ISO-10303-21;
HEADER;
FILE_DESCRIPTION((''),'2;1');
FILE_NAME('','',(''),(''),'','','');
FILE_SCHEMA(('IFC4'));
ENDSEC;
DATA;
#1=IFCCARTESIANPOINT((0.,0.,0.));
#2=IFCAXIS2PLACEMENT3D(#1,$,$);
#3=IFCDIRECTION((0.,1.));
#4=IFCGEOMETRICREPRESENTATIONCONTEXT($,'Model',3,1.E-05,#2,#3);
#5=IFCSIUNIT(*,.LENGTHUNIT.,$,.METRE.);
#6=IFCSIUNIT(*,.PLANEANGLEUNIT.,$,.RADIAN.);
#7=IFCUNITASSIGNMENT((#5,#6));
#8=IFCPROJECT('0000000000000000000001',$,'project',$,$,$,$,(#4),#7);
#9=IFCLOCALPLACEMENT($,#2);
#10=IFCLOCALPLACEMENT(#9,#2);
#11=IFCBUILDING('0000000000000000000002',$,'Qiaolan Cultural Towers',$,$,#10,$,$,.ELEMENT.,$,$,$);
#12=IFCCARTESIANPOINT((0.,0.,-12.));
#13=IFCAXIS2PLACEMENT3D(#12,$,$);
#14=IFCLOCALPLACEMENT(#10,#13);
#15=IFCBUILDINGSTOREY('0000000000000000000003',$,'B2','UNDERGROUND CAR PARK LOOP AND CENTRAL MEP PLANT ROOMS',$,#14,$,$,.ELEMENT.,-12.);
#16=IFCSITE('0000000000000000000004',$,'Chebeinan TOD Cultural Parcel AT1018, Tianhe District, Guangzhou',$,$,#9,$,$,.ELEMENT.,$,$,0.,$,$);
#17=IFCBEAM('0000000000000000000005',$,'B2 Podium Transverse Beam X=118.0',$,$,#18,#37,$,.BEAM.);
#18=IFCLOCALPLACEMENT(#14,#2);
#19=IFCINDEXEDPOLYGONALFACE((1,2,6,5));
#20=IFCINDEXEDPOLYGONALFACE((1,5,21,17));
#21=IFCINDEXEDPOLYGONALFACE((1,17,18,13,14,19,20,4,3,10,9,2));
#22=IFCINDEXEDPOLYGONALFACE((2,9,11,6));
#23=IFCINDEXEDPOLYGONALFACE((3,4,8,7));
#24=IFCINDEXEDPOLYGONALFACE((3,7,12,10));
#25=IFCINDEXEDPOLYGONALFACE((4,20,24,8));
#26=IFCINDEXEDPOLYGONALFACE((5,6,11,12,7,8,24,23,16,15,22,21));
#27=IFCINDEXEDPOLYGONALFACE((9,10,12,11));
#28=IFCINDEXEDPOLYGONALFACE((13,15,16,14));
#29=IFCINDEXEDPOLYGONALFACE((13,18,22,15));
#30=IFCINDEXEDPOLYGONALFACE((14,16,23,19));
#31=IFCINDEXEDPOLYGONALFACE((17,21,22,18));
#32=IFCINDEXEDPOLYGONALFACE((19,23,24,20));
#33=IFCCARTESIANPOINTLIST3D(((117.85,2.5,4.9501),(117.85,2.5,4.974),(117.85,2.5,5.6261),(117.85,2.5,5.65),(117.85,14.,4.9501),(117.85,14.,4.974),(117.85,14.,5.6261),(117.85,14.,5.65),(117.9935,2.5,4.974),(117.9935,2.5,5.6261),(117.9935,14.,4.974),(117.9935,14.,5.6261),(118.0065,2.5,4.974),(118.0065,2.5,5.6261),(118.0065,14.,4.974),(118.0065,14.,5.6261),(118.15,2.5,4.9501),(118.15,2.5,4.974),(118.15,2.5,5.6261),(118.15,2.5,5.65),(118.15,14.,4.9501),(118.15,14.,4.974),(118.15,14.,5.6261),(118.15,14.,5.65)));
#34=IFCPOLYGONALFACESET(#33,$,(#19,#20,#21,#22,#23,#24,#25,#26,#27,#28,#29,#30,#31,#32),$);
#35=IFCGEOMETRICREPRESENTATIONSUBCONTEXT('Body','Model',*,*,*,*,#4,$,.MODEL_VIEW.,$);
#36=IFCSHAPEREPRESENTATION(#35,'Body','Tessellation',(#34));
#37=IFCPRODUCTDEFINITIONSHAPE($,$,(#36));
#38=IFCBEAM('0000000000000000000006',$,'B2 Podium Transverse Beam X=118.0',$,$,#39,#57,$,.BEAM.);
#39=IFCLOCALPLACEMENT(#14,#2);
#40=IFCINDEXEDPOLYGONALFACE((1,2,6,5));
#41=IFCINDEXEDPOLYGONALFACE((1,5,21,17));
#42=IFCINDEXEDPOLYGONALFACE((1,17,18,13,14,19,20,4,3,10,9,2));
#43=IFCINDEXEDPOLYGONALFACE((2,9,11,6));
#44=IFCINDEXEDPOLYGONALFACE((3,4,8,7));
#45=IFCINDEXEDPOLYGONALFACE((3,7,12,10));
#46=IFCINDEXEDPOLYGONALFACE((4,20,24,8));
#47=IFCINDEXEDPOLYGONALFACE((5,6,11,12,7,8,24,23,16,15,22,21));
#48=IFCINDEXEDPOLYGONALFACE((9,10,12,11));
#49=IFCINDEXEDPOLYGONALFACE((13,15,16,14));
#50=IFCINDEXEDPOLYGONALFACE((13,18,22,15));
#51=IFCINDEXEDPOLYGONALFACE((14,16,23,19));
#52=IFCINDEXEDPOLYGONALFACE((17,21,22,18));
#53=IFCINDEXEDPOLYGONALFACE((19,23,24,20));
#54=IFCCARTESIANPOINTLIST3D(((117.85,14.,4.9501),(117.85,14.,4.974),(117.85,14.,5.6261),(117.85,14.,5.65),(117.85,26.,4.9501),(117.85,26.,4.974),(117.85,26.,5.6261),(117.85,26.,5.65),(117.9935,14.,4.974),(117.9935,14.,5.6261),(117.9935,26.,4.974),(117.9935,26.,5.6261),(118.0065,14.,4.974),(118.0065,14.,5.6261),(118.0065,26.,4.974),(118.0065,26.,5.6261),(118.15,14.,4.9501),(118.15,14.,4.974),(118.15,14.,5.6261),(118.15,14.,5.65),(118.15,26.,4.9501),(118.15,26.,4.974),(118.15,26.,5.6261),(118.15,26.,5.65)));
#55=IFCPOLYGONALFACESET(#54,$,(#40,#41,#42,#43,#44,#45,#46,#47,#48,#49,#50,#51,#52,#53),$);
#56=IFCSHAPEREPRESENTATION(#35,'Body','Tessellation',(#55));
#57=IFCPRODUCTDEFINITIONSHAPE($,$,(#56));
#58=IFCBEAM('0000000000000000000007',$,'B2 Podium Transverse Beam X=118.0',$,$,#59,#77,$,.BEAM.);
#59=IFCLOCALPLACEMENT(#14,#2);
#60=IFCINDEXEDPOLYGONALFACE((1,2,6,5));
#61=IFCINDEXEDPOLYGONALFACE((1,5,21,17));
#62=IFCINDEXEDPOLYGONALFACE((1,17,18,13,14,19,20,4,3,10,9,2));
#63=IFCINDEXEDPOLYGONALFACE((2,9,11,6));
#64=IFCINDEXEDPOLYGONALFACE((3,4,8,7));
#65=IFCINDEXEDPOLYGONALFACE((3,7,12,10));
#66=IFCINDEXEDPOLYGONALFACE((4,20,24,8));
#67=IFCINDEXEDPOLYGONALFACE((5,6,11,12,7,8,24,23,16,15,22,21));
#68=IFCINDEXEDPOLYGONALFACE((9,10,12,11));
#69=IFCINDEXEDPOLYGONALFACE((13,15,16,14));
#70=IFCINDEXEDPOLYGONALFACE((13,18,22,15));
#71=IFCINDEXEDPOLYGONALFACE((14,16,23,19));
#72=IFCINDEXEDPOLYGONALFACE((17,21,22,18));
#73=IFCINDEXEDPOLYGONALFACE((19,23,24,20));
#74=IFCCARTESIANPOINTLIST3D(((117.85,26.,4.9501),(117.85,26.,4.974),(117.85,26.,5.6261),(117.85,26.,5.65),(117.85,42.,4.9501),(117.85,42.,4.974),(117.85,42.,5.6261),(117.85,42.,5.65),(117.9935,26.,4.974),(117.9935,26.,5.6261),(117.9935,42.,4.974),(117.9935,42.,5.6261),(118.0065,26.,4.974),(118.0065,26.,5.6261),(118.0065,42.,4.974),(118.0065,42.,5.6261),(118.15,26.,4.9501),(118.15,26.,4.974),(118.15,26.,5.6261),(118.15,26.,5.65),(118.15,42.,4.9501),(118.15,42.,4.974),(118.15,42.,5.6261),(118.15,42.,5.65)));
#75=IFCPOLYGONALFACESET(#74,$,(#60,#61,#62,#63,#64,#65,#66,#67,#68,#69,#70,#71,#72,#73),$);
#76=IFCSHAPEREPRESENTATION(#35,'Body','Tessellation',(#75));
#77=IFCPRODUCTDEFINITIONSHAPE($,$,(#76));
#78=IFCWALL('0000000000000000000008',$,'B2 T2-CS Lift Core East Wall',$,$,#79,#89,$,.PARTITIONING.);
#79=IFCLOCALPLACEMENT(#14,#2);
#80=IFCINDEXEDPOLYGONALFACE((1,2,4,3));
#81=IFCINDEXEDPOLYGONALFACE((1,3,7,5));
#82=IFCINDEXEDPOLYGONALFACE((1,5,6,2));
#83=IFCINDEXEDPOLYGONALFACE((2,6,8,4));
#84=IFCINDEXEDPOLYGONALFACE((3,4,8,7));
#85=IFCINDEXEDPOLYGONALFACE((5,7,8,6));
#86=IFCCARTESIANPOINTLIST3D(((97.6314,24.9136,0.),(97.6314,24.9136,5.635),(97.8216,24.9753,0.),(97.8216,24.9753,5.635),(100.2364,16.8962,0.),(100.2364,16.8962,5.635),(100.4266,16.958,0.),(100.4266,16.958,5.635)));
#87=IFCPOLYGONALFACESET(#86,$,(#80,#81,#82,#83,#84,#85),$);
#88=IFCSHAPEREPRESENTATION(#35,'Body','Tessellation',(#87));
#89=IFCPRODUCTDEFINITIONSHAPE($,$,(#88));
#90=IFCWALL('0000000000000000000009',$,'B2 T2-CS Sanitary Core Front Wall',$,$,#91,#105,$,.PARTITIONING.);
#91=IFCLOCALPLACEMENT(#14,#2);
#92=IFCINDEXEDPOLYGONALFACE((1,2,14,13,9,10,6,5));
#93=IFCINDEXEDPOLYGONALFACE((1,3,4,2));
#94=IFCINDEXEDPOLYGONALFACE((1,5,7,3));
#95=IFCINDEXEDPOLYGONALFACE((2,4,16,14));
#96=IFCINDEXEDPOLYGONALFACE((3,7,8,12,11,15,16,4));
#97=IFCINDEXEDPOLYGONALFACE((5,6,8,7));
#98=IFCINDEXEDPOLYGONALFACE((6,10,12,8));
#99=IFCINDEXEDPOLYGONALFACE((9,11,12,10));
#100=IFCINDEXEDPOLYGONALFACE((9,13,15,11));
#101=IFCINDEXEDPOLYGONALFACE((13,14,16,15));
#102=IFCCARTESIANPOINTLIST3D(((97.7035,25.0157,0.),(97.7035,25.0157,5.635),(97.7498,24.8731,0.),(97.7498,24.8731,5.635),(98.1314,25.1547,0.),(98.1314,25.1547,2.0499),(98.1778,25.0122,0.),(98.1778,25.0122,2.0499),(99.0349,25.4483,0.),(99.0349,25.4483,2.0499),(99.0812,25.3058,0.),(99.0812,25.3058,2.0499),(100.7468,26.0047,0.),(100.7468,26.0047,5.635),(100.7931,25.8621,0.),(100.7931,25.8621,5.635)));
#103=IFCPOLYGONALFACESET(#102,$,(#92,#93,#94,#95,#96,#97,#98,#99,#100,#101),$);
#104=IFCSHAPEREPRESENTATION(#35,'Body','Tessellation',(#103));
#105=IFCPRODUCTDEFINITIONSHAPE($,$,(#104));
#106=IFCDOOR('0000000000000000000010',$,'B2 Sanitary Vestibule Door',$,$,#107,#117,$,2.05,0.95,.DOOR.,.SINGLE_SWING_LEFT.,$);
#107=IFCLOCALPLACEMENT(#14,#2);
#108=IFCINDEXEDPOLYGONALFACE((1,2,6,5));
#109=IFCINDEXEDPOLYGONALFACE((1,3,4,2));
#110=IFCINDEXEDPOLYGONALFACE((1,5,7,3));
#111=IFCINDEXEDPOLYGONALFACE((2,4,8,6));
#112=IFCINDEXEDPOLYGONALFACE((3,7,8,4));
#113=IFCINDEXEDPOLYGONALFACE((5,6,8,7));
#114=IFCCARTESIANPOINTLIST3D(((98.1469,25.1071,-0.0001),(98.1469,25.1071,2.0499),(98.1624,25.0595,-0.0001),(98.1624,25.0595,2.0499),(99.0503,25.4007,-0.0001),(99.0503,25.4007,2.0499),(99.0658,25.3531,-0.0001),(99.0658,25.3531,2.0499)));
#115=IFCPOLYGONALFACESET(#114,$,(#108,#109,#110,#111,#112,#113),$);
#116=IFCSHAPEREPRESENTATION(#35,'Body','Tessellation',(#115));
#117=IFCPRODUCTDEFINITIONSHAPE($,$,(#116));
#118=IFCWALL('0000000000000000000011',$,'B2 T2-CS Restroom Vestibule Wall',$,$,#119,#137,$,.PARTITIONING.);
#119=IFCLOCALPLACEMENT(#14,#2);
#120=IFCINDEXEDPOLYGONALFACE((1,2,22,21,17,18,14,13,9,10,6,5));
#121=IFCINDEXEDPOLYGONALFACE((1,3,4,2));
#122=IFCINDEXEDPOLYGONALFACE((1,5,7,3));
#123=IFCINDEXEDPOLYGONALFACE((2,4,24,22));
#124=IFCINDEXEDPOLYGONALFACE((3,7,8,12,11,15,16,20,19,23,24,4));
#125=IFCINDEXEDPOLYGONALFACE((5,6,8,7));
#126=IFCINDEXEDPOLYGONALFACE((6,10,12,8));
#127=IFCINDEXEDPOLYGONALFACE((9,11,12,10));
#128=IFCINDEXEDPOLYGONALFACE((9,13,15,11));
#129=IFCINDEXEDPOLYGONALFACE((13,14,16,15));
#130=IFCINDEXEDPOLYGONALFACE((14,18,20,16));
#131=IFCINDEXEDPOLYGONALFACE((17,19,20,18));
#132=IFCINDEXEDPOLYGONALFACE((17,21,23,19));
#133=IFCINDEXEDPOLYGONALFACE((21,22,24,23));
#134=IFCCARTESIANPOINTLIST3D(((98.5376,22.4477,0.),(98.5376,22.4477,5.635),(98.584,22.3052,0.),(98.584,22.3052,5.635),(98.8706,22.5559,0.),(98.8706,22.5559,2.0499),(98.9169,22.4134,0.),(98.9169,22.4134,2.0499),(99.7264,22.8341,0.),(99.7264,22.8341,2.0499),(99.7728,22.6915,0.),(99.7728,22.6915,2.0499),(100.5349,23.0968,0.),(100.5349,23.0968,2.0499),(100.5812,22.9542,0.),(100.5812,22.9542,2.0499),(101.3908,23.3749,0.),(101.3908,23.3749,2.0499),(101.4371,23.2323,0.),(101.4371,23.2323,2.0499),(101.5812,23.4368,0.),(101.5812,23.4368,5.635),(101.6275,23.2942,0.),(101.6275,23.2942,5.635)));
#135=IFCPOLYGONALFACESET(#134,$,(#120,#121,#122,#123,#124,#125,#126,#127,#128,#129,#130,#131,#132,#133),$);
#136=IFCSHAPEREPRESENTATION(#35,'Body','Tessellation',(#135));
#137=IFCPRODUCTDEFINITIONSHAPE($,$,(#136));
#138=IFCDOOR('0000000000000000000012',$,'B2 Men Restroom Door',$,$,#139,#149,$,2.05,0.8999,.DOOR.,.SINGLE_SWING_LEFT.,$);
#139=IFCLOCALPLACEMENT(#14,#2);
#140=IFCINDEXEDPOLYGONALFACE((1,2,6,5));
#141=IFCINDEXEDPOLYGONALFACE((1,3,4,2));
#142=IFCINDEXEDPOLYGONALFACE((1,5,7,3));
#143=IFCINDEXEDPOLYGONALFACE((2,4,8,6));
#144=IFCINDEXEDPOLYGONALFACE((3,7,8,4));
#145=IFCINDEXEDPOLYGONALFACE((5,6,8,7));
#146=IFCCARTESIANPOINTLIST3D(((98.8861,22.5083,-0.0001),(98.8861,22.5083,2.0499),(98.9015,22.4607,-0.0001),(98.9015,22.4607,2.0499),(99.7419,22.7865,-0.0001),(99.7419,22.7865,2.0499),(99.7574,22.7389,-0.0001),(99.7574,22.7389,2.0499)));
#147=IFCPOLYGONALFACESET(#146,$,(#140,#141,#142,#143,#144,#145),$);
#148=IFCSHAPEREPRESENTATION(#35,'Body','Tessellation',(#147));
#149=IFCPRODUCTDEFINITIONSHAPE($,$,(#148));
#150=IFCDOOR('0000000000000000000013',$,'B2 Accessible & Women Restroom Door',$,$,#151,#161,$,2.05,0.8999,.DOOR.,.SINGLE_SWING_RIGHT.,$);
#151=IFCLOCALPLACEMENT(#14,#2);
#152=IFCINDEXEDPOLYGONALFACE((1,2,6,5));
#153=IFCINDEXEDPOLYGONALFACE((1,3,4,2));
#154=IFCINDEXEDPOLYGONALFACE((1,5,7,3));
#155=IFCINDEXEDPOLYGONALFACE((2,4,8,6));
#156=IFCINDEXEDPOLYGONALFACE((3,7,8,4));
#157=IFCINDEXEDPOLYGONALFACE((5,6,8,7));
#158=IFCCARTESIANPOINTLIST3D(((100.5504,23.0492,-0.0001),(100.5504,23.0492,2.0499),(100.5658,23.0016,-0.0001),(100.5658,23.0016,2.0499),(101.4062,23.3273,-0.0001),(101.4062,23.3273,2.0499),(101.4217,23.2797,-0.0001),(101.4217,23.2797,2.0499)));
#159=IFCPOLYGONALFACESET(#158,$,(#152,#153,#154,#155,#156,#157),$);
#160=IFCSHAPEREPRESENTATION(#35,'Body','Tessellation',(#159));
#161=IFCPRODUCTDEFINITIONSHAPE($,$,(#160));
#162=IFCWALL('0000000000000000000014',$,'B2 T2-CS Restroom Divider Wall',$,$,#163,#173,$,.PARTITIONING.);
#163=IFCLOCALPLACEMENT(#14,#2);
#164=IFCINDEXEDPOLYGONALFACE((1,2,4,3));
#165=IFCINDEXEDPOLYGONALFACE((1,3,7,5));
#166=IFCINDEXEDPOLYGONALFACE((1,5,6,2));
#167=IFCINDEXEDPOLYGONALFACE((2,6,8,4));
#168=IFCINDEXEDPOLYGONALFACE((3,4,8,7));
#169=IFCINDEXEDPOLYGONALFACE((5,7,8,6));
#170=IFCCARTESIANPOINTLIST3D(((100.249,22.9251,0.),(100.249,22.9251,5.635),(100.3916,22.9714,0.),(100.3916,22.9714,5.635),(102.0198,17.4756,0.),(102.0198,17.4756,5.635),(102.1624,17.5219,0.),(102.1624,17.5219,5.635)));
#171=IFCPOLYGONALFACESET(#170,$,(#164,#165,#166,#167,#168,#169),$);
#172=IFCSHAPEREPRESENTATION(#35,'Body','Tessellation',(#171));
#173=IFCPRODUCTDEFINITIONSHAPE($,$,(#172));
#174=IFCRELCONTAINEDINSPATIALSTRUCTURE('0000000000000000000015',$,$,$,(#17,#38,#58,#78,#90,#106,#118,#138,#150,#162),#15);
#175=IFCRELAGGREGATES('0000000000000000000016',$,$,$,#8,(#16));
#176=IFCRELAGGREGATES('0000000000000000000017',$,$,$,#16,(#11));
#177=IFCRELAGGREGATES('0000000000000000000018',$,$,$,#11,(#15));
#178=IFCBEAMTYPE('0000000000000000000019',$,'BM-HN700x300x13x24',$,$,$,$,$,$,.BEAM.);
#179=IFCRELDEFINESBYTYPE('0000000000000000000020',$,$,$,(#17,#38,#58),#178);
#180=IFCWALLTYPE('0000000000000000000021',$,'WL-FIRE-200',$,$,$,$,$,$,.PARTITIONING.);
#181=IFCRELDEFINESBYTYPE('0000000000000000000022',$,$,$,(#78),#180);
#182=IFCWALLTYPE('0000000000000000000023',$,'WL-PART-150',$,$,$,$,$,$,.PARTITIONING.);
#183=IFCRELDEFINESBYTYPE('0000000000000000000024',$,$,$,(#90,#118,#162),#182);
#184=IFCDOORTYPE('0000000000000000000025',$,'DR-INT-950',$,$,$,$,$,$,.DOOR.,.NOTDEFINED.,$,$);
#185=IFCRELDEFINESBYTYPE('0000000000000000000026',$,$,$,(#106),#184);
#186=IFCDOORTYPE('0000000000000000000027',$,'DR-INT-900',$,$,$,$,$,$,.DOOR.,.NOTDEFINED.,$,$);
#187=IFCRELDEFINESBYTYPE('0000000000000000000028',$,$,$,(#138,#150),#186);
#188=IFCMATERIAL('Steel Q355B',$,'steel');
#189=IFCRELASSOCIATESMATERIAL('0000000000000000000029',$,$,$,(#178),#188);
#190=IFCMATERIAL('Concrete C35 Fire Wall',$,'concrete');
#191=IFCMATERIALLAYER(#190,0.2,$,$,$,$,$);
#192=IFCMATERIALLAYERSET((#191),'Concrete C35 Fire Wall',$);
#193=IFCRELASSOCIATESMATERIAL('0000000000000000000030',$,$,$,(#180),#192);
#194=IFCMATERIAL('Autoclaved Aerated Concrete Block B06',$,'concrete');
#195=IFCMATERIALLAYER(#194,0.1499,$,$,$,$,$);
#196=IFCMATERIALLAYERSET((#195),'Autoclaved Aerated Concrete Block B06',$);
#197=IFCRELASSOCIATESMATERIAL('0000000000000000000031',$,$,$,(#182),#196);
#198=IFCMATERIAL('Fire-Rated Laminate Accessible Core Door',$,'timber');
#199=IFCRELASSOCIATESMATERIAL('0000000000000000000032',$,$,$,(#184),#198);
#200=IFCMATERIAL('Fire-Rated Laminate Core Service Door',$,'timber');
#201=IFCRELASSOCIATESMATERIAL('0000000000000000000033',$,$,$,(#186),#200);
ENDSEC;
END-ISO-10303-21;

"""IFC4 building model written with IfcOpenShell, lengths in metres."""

from ifc_helpers import new_model, si_unit, direction, frame, frame_2d, origin, origin_2d, place, context, subcontext, project, spatial, rectangle, i_section, extrude, material, layer, layer_set, material_profile, profile_set, type_object, element, fill, save


model = new_model("IFC4")

# Units and contexts
model_context = context("Model", 3, precision=1e-05, world=origin(), true_north=direction((0.0, 1.0)))
body_context = subcontext(model_context, "Body", "Model", "MODEL_VIEW")
ifc_project = project(units=[si_unit("LENGTHUNIT", "METRE"), si_unit("PLANEANGLEUNIT", "RADIAN")], contexts=[model_context])

# Site, building, storey
site_placement = place(None, origin())
site = spatial("IfcSite", under=ifc_project, at=site_placement, Name="Chebeinan TOD Cultural Parcel AT1018, Tianhe District, Guangzhou", CompositionType="ELEMENT", RefElevation=0.0)
building_placement = place(site_placement, origin())
building = spatial("IfcBuilding", under=site, at=building_placement, Name="Qiaolan Cultural Towers", CompositionType="ELEMENT")
storey_placement = place(building_placement, frame((0.0, 0.0, -12.0)))
storey = spatial("IfcBuildingStorey", under=building, at=storey_placement, Name="B2", Description="UNDERGROUND CAR PARK LOOP AND CENTRAL MEP PLANT ROOMS", CompositionType="ELEMENT", Elevation=-12.0)

# Beams
ifc_material_1 = material(Name="Steel Q355B", Category="steel")
ifc_material_profile_1 = material_profile(ifc_material_1, i_section(OverallWidth=0.3, OverallDepth=0.7, WebThickness=0.0129, FlangeThickness=0.0239, at=origin_2d()), Name="HN700x300x13x24")
ifc_profile_set_1 = profile_set([ifc_material_profile_1], Name="Steel Q355B")
beam_type_1 = type_object("IfcBeamType", Name="BM-HN700x300x13x24", PredefinedType="BEAM", material=ifc_profile_set_1)
beam_1_placement = place(storey_placement, frame((118.0, 2.5, 5.3), z_axis=(0.0, 1.0, 0.0), x_axis=(-1.0, 0.0, 0.0)))
element("IfcBeam", 1, at=beam_1_placement, inside=storey, type_object=beam_type_1, Name="B2 Podium Transverse Beam X=118.0", PredefinedType="BEAM", context=body_context, shape_type="SweptSolid", body=[
    extrude(i_section(OverallWidth=0.3, OverallDepth=0.7, WebThickness=0.0129, FlangeThickness=0.0239, at=origin_2d()), origin(), (0.0, 0.0, 1.0), 11.5),
])
beam_2_placement = place(storey_placement, frame((118.0, 14.0, 5.3), z_axis=(0.0, 1.0, 0.0), x_axis=(-1.0, 0.0, 0.0)))
element("IfcBeam", 2, at=beam_2_placement, inside=storey, type_object=beam_type_1, Name="B2 Podium Transverse Beam X=118.0", PredefinedType="BEAM", context=body_context, shape_type="SweptSolid", body=[
    extrude(i_section(OverallWidth=0.3, OverallDepth=0.7, WebThickness=0.0129, FlangeThickness=0.0239, at=origin_2d()), origin(), (0.0, 0.0, 1.0), 12.0),
])
beam_3_placement = place(storey_placement, frame((118.0, 26.0, 5.3), z_axis=(0.0, 1.0, 0.0), x_axis=(-1.0, 0.0, 0.0)))
element("IfcBeam", 3, at=beam_3_placement, inside=storey, type_object=beam_type_1, Name="B2 Podium Transverse Beam X=118.0", PredefinedType="BEAM", context=body_context, shape_type="SweptSolid", body=[
    extrude(i_section(OverallWidth=0.3, OverallDepth=0.7, WebThickness=0.0129, FlangeThickness=0.0239, at=origin_2d()), origin(), (0.0, 0.0, 1.0), 16.0),
])

# Wall
ifc_material_2 = material(Name="Concrete C35 Fire Wall", Category="concrete")
ifc_layer_1 = layer(ifc_material_2, 0.2)
ifc_layer_set_1 = layer_set([ifc_layer_1], Name="Concrete C35 Fire Wall")
wall_type_1 = type_object("IfcWallType", Name="WL-FIRE-200", PredefinedType="PARTITIONING", material=ifc_layer_set_1)
wall_1_placement = place(storey_placement, frame((97.7266, 24.9443, 0.0), z_axis=(0.0, 0.0, 1.0), x_axis=(0.309016, -0.951057, 0.0)))
element("IfcWall", 4, at=wall_1_placement, inside=storey, type_object=wall_type_1, Name="B2 T2-CS Lift Core East Wall", PredefinedType="PARTITIONING", context=body_context, shape_type="SweptSolid", body=[
    extrude(rectangle(XDim=8.4299, YDim=0.2, at=frame_2d((4.2148, 0.0))), origin(), (0.0, 0.0, 1.0), 5.635),
])

# Wall, opening, door
ifc_material_3 = material(Name="Autoclaved Aerated Concrete Block B06", Category="concrete")
ifc_layer_2 = layer(ifc_material_3, 0.1499)
ifc_layer_set_2 = layer_set([ifc_layer_2], Name="Autoclaved Aerated Concrete Block B06")
wall_type_2 = type_object("IfcWallType", Name="WL-PART-150", PredefinedType="PARTITIONING", material=ifc_layer_set_2)
wall_2_placement = place(storey_placement, frame((97.7266, 24.9443, 0.0), z_axis=(0.0, 0.0, 1.0), x_axis=(0.951037, 0.309077, 0.0)))
wall_2 = element("IfcWall", 5, at=wall_2_placement, inside=storey, type_object=wall_type_2, Name="B2 T2-CS Sanitary Core Front Wall", PredefinedType="PARTITIONING", context=body_context, shape_type="SweptSolid", body=[
    extrude(rectangle(XDim=3.2, YDim=0.1499, at=frame_2d((1.6001, 0.0))), origin(), (0.0, 0.0, 1.0), 5.635),
])
opening_1_placement = place(wall_2_placement, frame((0.45, 0.0, 0.0)))
opening_1 = element("IfcOpeningElement", 6, at=opening_1_placement, cuts=wall_2, PredefinedType="OPENING", context=body_context, shape_type="SweptSolid", body=[
    extrude(rectangle(XDim=0.95, YDim=2.05, at=frame_2d((0.4751, 1.0249))), frame((0.0, 0.085, 0.0), z_axis=(0.0, -1.0, 0.0), x_axis=(1.0, 0.0, 0.0)), (0.0, 0.0, 1.0), 0.1699),
])
ifc_material_4 = material(Name="Fire-Rated Laminate Accessible Core Door", Category="timber")
door_type_1 = type_object("IfcDoorType", Name="DR-INT-950", OperationType="NOTDEFINED", PredefinedType="DOOR", material=ifc_material_4)
door_1_placement = place(opening_1_placement, origin())
door_1 = element("IfcDoor", 7, at=door_1_placement, inside=storey, type_object=door_type_1, Name="B2 Sanitary Vestibule Door", OperationType="SINGLE_SWING_LEFT", OverallHeight=2.05, OverallWidth=0.95, PredefinedType="DOOR", context=body_context, shape_type="SweptSolid", body=[
    extrude(rectangle(XDim=0.95, YDim=2.05, at=frame_2d((0.4751, 1.0249))), frame((0.0, 0.0249, 0.0), z_axis=(0.0, -1.0, 0.0), x_axis=(1.0, 0.0, 0.0)), (0.0, 0.0, 1.0), 0.05),
])
fill(opening_1, door_1)

# Wall, openings, doors
wall_3_placement = place(storey_placement, frame((98.5608, 22.3765, 0.0), z_axis=(0.0, 0.0, 1.0), x_axis=(0.951044, 0.309055, 0.0)))
wall_3 = element("IfcWall", 8, at=wall_3_placement, inside=storey, type_object=wall_type_2, Name="B2 T2-CS Restroom Vestibule Wall", PredefinedType="PARTITIONING", context=body_context, shape_type="SweptSolid", body=[
    extrude(rectangle(XDim=3.2002, YDim=0.1499, at=frame_2d((1.6001, 0.0))), origin(), (0.0, 0.0, 1.0), 5.635),
])
opening_2_placement = place(wall_3_placement, frame((0.3501, 0.0, 0.0)))
opening_2 = element("IfcOpeningElement", 9, at=opening_2_placement, cuts=wall_3, PredefinedType="OPENING", context=body_context, shape_type="SweptSolid", body=[
    extrude(rectangle(XDim=0.8999, YDim=2.05, at=frame_2d((0.45, 1.0249))), frame((0.0, 0.085, 0.0), z_axis=(0.0, -1.0, 0.0), x_axis=(1.0, 0.0, 0.0)), (0.0, 0.0, 1.0), 0.1699),
])
opening_3_placement = place(wall_3_placement, frame((2.1001, 0.0, 0.0)))
opening_3 = element("IfcOpeningElement", 10, at=opening_3_placement, cuts=wall_3, PredefinedType="OPENING", context=body_context, shape_type="SweptSolid", body=[
    extrude(rectangle(XDim=0.8999, YDim=2.05, at=frame_2d((0.45, 1.0249))), frame((0.0, 0.085, 0.0), z_axis=(0.0, -1.0, 0.0), x_axis=(1.0, 0.0, 0.0)), (0.0, 0.0, 1.0), 0.1699),
])
ifc_material_5 = material(Name="Fire-Rated Laminate Core Service Door", Category="timber")
door_type_2 = type_object("IfcDoorType", Name="DR-INT-900", OperationType="NOTDEFINED", PredefinedType="DOOR", material=ifc_material_5)
door_2_placement = place(opening_2_placement, origin())
door_2 = element("IfcDoor", 11, at=door_2_placement, inside=storey, type_object=door_type_2, Name="B2 Men Restroom Door", OperationType="SINGLE_SWING_LEFT", OverallHeight=2.05, OverallWidth=0.8999, PredefinedType="DOOR", context=body_context, shape_type="SweptSolid", body=[
    extrude(rectangle(XDim=0.8999, YDim=2.05, at=frame_2d((0.45, 1.0249))), frame((0.0, 0.0249, 0.0), z_axis=(0.0, -1.0, 0.0), x_axis=(1.0, 0.0, 0.0)), (0.0, 0.0, 1.0), 0.05),
])
fill(opening_2, door_2)
door_3_placement = place(opening_3_placement, origin())
door_3 = element("IfcDoor", 12, at=door_3_placement, inside=storey, type_object=door_type_2, Name="B2 Accessible & Women Restroom Door", OperationType="SINGLE_SWING_RIGHT", OverallHeight=2.05, OverallWidth=0.8999, PredefinedType="DOOR", context=body_context, shape_type="SweptSolid", body=[
    extrude(rectangle(XDim=0.8999, YDim=2.05, at=frame_2d((0.45, 1.0249))), frame((0.0, 0.0249, 0.0), z_axis=(0.0, -1.0, 0.0), x_axis=(1.0, 0.0, 0.0)), (0.0, 0.0, 1.0), 0.05),
])
fill(opening_3, door_3)

# Wall
wall_4_placement = place(storey_placement, frame((100.3203, 22.9482, 0.0), z_axis=(0.0, 0.0, 1.0), x_axis=(0.309035, -0.951051, 0.0)))
element("IfcWall", 13, at=wall_4_placement, inside=storey, type_object=wall_type_2, Name="B2 T2-CS Restroom Divider Wall", PredefinedType="PARTITIONING", context=body_context, shape_type="SweptSolid", body=[
    extrude(rectangle(XDim=5.73, YDim=0.1499, at=frame_2d((2.865, 0.0))), origin(), (0.0, 0.0, 1.0), 5.635),
])

save(model, "model.ifc")
